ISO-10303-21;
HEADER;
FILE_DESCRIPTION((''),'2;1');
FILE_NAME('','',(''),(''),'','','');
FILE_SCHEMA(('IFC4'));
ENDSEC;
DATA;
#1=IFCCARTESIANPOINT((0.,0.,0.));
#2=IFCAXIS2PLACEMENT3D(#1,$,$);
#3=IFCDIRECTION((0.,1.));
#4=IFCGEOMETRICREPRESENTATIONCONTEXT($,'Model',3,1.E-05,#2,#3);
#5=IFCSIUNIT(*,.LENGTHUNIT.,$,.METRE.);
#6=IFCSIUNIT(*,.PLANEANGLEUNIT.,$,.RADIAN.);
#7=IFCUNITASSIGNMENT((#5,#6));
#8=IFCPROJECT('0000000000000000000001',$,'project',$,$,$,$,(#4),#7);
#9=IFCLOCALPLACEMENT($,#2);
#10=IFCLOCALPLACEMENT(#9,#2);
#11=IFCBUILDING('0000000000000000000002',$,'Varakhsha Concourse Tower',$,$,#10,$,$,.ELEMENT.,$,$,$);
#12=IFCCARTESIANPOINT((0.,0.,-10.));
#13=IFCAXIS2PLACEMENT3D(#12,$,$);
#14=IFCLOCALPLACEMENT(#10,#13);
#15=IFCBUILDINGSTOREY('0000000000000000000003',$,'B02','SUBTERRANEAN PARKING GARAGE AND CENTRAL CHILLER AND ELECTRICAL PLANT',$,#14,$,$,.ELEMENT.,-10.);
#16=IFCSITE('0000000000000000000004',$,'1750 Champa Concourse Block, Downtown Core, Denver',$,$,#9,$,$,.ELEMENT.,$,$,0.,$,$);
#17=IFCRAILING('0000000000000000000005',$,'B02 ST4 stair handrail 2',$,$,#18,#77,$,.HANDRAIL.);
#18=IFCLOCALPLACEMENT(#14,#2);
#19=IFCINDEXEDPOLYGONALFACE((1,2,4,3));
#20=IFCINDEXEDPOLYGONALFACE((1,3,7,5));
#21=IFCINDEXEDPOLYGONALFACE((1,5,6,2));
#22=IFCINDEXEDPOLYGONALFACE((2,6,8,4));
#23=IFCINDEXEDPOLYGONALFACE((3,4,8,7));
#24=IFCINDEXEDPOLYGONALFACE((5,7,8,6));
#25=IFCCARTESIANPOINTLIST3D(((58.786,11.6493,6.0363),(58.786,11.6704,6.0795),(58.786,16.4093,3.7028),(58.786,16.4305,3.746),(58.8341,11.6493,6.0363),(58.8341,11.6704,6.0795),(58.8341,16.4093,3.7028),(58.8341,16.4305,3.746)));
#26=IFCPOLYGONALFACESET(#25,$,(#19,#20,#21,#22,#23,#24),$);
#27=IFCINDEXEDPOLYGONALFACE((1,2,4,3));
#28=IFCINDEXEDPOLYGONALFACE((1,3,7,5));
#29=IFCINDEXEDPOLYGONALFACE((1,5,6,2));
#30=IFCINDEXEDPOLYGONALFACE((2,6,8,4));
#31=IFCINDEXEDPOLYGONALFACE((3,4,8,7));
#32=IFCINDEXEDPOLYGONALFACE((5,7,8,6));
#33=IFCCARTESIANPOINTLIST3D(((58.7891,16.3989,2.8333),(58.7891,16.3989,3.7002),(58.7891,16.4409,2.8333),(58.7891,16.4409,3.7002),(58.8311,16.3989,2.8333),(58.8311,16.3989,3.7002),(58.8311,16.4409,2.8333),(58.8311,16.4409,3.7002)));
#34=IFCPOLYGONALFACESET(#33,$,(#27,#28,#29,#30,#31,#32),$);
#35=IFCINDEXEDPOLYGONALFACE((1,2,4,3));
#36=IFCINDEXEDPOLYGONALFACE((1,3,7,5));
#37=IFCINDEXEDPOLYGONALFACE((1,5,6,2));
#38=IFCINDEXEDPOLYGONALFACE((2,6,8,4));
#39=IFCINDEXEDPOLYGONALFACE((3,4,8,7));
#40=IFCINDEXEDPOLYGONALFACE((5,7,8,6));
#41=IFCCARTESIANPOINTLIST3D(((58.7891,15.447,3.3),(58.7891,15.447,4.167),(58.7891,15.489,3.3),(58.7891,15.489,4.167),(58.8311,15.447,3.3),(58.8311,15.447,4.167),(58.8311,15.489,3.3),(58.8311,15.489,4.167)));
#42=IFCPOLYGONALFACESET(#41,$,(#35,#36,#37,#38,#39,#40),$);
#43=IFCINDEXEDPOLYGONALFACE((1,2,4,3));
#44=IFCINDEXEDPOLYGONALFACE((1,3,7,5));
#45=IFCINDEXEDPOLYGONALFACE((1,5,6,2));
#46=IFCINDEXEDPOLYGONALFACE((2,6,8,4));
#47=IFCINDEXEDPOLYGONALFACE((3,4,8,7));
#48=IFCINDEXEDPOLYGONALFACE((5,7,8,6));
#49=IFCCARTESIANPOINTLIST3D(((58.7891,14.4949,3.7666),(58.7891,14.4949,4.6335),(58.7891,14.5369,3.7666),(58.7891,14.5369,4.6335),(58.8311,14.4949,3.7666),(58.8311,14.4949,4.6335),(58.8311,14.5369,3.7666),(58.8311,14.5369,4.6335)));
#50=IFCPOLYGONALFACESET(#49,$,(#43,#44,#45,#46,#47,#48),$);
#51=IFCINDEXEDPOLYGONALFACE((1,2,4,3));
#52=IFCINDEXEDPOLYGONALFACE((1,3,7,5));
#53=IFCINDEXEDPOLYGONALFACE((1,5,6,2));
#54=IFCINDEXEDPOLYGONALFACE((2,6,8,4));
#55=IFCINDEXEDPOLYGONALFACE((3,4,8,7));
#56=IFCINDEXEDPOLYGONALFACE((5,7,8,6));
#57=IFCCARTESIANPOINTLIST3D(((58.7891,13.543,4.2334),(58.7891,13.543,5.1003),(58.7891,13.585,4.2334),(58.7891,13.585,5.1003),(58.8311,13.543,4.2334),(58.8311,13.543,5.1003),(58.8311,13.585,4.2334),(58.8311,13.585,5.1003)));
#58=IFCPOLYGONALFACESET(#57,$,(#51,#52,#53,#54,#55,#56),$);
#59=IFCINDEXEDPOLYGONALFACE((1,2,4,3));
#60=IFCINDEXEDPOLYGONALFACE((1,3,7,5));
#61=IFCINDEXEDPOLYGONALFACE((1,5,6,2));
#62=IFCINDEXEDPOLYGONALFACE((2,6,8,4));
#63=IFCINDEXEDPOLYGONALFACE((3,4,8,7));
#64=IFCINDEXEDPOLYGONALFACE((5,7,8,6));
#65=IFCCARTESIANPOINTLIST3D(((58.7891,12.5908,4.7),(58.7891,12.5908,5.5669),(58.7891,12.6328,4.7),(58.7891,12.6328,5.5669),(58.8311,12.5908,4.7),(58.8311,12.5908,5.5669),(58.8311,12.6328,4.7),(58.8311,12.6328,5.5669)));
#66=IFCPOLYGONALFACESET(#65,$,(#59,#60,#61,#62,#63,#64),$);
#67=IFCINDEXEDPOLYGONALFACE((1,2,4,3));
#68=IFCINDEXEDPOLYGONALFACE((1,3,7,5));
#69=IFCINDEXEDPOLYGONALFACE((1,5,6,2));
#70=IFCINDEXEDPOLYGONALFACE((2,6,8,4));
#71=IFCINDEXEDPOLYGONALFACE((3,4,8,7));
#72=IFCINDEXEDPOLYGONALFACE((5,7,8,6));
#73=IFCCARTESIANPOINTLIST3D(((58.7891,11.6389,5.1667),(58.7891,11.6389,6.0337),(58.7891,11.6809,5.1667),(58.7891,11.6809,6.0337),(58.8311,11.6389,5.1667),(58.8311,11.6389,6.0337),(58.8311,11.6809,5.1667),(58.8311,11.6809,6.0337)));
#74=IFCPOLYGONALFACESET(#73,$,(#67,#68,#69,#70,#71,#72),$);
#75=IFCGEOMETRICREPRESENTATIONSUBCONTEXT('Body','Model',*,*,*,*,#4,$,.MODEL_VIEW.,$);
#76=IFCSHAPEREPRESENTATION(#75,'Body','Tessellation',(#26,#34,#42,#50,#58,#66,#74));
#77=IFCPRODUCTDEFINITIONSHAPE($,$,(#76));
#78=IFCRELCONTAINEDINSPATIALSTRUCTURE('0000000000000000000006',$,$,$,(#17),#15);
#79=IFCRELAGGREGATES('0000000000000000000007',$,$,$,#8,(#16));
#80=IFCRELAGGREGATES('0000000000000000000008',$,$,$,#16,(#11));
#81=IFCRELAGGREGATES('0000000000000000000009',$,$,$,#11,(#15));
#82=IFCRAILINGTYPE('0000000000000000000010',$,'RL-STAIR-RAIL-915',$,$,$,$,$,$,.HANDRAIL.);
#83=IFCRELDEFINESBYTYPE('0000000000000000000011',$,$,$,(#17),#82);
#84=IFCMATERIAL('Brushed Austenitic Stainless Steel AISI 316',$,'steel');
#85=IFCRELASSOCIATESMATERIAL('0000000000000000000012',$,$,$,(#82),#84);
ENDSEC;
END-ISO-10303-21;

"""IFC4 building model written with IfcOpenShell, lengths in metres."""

from ifc_helpers import new_model, si_unit, direction, frame, origin, origin_2d, place, context, subcontext, project, spatial, rectangle, extrude, material, type_object, element, save


model = new_model("IFC4")

# Units and contexts
model_context = context("Model", 3, precision=1e-05, world=origin(), true_north=direction((0.0, 1.0)))
body_context = subcontext(model_context, "Body", "Model", "MODEL_VIEW")
ifc_project = project(units=[si_unit("LENGTHUNIT", "METRE"), si_unit("PLANEANGLEUNIT", "RADIAN")], contexts=[model_context])

# Site, building, storey
site_placement = place(None, origin())
site = spatial("IfcSite", under=ifc_project, at=site_placement, Name="1750 Champa Concourse Block, Downtown Core, Denver", CompositionType="ELEMENT", RefElevation=0.0)
building_placement = place(site_placement, origin())
building = spatial("IfcBuilding", under=site, at=building_placement, Name="Varakhsha Concourse Tower", CompositionType="ELEMENT")
storey_placement = place(building_placement, frame((0.0, 0.0, -10.0)))
storey = spatial("IfcBuildingStorey", under=building, at=storey_placement, Name="B02", Description="SUBTERRANEAN PARKING GARAGE AND CENTRAL CHILLER AND ELECTRICAL PLANT", CompositionType="ELEMENT", Elevation=-10.0)

# Railing
ifc_material_1 = material(Name="Brushed Austenitic Stainless Steel AISI 316", Category="steel")
railing_type_1 = type_object("IfcRailingType", Name="RL-STAIR-RAIL-915", PredefinedType="HANDRAIL", material=ifc_material_1)
railing_1_placement = place(storey_placement, frame((58.8101, 16.4199, 2.8333)))
element("IfcRailing", 1, at=railing_1_placement, inside=storey, type_object=railing_type_1, Name="B02 ST4 stair handrail 2", PredefinedType="HANDRAIL", context=body_context, shape_type="SweptSolid", body=[
    extrude(rectangle(XDim=0.0481, YDim=0.0481, at=origin_2d()), frame((0.0, 0.0, 0.8911), z_axis=(0.0, -0.897909, 0.440181), x_axis=(1.0, 0.0, 0.0)), (0.0, 0.0, 1.0), 5.3013),
    extrude(rectangle(XDim=0.042, YDim=0.042, at=origin_2d()), origin(), (0.0, 0.0, 1.0), 0.8669),
    extrude(rectangle(XDim=0.042, YDim=0.042, at=origin_2d()), frame((0.0, -0.9519, 0.4668)), (0.0, 0.0, 1.0), 0.8669),
    extrude(rectangle(XDim=0.042, YDim=0.042, at=origin_2d()), frame((0.0, -1.9041, 0.9333)), (0.0, 0.0, 1.0), 0.8669),
    extrude(rectangle(XDim=0.042, YDim=0.042, at=origin_2d()), frame((0.0, -2.856, 1.4001)), (0.0, 0.0, 1.0), 0.8669),
    extrude(rectangle(XDim=0.042, YDim=0.042, at=origin_2d()), frame((0.0, -3.8081, 1.8667)), (0.0, 0.0, 1.0), 0.8669),
    extrude(rectangle(XDim=0.042, YDim=0.042, at=origin_2d()), frame((0.0, -4.76, 2.3335)), (0.0, 0.0, 1.0), 0.8669),
])

save(model, "model.ifc")
